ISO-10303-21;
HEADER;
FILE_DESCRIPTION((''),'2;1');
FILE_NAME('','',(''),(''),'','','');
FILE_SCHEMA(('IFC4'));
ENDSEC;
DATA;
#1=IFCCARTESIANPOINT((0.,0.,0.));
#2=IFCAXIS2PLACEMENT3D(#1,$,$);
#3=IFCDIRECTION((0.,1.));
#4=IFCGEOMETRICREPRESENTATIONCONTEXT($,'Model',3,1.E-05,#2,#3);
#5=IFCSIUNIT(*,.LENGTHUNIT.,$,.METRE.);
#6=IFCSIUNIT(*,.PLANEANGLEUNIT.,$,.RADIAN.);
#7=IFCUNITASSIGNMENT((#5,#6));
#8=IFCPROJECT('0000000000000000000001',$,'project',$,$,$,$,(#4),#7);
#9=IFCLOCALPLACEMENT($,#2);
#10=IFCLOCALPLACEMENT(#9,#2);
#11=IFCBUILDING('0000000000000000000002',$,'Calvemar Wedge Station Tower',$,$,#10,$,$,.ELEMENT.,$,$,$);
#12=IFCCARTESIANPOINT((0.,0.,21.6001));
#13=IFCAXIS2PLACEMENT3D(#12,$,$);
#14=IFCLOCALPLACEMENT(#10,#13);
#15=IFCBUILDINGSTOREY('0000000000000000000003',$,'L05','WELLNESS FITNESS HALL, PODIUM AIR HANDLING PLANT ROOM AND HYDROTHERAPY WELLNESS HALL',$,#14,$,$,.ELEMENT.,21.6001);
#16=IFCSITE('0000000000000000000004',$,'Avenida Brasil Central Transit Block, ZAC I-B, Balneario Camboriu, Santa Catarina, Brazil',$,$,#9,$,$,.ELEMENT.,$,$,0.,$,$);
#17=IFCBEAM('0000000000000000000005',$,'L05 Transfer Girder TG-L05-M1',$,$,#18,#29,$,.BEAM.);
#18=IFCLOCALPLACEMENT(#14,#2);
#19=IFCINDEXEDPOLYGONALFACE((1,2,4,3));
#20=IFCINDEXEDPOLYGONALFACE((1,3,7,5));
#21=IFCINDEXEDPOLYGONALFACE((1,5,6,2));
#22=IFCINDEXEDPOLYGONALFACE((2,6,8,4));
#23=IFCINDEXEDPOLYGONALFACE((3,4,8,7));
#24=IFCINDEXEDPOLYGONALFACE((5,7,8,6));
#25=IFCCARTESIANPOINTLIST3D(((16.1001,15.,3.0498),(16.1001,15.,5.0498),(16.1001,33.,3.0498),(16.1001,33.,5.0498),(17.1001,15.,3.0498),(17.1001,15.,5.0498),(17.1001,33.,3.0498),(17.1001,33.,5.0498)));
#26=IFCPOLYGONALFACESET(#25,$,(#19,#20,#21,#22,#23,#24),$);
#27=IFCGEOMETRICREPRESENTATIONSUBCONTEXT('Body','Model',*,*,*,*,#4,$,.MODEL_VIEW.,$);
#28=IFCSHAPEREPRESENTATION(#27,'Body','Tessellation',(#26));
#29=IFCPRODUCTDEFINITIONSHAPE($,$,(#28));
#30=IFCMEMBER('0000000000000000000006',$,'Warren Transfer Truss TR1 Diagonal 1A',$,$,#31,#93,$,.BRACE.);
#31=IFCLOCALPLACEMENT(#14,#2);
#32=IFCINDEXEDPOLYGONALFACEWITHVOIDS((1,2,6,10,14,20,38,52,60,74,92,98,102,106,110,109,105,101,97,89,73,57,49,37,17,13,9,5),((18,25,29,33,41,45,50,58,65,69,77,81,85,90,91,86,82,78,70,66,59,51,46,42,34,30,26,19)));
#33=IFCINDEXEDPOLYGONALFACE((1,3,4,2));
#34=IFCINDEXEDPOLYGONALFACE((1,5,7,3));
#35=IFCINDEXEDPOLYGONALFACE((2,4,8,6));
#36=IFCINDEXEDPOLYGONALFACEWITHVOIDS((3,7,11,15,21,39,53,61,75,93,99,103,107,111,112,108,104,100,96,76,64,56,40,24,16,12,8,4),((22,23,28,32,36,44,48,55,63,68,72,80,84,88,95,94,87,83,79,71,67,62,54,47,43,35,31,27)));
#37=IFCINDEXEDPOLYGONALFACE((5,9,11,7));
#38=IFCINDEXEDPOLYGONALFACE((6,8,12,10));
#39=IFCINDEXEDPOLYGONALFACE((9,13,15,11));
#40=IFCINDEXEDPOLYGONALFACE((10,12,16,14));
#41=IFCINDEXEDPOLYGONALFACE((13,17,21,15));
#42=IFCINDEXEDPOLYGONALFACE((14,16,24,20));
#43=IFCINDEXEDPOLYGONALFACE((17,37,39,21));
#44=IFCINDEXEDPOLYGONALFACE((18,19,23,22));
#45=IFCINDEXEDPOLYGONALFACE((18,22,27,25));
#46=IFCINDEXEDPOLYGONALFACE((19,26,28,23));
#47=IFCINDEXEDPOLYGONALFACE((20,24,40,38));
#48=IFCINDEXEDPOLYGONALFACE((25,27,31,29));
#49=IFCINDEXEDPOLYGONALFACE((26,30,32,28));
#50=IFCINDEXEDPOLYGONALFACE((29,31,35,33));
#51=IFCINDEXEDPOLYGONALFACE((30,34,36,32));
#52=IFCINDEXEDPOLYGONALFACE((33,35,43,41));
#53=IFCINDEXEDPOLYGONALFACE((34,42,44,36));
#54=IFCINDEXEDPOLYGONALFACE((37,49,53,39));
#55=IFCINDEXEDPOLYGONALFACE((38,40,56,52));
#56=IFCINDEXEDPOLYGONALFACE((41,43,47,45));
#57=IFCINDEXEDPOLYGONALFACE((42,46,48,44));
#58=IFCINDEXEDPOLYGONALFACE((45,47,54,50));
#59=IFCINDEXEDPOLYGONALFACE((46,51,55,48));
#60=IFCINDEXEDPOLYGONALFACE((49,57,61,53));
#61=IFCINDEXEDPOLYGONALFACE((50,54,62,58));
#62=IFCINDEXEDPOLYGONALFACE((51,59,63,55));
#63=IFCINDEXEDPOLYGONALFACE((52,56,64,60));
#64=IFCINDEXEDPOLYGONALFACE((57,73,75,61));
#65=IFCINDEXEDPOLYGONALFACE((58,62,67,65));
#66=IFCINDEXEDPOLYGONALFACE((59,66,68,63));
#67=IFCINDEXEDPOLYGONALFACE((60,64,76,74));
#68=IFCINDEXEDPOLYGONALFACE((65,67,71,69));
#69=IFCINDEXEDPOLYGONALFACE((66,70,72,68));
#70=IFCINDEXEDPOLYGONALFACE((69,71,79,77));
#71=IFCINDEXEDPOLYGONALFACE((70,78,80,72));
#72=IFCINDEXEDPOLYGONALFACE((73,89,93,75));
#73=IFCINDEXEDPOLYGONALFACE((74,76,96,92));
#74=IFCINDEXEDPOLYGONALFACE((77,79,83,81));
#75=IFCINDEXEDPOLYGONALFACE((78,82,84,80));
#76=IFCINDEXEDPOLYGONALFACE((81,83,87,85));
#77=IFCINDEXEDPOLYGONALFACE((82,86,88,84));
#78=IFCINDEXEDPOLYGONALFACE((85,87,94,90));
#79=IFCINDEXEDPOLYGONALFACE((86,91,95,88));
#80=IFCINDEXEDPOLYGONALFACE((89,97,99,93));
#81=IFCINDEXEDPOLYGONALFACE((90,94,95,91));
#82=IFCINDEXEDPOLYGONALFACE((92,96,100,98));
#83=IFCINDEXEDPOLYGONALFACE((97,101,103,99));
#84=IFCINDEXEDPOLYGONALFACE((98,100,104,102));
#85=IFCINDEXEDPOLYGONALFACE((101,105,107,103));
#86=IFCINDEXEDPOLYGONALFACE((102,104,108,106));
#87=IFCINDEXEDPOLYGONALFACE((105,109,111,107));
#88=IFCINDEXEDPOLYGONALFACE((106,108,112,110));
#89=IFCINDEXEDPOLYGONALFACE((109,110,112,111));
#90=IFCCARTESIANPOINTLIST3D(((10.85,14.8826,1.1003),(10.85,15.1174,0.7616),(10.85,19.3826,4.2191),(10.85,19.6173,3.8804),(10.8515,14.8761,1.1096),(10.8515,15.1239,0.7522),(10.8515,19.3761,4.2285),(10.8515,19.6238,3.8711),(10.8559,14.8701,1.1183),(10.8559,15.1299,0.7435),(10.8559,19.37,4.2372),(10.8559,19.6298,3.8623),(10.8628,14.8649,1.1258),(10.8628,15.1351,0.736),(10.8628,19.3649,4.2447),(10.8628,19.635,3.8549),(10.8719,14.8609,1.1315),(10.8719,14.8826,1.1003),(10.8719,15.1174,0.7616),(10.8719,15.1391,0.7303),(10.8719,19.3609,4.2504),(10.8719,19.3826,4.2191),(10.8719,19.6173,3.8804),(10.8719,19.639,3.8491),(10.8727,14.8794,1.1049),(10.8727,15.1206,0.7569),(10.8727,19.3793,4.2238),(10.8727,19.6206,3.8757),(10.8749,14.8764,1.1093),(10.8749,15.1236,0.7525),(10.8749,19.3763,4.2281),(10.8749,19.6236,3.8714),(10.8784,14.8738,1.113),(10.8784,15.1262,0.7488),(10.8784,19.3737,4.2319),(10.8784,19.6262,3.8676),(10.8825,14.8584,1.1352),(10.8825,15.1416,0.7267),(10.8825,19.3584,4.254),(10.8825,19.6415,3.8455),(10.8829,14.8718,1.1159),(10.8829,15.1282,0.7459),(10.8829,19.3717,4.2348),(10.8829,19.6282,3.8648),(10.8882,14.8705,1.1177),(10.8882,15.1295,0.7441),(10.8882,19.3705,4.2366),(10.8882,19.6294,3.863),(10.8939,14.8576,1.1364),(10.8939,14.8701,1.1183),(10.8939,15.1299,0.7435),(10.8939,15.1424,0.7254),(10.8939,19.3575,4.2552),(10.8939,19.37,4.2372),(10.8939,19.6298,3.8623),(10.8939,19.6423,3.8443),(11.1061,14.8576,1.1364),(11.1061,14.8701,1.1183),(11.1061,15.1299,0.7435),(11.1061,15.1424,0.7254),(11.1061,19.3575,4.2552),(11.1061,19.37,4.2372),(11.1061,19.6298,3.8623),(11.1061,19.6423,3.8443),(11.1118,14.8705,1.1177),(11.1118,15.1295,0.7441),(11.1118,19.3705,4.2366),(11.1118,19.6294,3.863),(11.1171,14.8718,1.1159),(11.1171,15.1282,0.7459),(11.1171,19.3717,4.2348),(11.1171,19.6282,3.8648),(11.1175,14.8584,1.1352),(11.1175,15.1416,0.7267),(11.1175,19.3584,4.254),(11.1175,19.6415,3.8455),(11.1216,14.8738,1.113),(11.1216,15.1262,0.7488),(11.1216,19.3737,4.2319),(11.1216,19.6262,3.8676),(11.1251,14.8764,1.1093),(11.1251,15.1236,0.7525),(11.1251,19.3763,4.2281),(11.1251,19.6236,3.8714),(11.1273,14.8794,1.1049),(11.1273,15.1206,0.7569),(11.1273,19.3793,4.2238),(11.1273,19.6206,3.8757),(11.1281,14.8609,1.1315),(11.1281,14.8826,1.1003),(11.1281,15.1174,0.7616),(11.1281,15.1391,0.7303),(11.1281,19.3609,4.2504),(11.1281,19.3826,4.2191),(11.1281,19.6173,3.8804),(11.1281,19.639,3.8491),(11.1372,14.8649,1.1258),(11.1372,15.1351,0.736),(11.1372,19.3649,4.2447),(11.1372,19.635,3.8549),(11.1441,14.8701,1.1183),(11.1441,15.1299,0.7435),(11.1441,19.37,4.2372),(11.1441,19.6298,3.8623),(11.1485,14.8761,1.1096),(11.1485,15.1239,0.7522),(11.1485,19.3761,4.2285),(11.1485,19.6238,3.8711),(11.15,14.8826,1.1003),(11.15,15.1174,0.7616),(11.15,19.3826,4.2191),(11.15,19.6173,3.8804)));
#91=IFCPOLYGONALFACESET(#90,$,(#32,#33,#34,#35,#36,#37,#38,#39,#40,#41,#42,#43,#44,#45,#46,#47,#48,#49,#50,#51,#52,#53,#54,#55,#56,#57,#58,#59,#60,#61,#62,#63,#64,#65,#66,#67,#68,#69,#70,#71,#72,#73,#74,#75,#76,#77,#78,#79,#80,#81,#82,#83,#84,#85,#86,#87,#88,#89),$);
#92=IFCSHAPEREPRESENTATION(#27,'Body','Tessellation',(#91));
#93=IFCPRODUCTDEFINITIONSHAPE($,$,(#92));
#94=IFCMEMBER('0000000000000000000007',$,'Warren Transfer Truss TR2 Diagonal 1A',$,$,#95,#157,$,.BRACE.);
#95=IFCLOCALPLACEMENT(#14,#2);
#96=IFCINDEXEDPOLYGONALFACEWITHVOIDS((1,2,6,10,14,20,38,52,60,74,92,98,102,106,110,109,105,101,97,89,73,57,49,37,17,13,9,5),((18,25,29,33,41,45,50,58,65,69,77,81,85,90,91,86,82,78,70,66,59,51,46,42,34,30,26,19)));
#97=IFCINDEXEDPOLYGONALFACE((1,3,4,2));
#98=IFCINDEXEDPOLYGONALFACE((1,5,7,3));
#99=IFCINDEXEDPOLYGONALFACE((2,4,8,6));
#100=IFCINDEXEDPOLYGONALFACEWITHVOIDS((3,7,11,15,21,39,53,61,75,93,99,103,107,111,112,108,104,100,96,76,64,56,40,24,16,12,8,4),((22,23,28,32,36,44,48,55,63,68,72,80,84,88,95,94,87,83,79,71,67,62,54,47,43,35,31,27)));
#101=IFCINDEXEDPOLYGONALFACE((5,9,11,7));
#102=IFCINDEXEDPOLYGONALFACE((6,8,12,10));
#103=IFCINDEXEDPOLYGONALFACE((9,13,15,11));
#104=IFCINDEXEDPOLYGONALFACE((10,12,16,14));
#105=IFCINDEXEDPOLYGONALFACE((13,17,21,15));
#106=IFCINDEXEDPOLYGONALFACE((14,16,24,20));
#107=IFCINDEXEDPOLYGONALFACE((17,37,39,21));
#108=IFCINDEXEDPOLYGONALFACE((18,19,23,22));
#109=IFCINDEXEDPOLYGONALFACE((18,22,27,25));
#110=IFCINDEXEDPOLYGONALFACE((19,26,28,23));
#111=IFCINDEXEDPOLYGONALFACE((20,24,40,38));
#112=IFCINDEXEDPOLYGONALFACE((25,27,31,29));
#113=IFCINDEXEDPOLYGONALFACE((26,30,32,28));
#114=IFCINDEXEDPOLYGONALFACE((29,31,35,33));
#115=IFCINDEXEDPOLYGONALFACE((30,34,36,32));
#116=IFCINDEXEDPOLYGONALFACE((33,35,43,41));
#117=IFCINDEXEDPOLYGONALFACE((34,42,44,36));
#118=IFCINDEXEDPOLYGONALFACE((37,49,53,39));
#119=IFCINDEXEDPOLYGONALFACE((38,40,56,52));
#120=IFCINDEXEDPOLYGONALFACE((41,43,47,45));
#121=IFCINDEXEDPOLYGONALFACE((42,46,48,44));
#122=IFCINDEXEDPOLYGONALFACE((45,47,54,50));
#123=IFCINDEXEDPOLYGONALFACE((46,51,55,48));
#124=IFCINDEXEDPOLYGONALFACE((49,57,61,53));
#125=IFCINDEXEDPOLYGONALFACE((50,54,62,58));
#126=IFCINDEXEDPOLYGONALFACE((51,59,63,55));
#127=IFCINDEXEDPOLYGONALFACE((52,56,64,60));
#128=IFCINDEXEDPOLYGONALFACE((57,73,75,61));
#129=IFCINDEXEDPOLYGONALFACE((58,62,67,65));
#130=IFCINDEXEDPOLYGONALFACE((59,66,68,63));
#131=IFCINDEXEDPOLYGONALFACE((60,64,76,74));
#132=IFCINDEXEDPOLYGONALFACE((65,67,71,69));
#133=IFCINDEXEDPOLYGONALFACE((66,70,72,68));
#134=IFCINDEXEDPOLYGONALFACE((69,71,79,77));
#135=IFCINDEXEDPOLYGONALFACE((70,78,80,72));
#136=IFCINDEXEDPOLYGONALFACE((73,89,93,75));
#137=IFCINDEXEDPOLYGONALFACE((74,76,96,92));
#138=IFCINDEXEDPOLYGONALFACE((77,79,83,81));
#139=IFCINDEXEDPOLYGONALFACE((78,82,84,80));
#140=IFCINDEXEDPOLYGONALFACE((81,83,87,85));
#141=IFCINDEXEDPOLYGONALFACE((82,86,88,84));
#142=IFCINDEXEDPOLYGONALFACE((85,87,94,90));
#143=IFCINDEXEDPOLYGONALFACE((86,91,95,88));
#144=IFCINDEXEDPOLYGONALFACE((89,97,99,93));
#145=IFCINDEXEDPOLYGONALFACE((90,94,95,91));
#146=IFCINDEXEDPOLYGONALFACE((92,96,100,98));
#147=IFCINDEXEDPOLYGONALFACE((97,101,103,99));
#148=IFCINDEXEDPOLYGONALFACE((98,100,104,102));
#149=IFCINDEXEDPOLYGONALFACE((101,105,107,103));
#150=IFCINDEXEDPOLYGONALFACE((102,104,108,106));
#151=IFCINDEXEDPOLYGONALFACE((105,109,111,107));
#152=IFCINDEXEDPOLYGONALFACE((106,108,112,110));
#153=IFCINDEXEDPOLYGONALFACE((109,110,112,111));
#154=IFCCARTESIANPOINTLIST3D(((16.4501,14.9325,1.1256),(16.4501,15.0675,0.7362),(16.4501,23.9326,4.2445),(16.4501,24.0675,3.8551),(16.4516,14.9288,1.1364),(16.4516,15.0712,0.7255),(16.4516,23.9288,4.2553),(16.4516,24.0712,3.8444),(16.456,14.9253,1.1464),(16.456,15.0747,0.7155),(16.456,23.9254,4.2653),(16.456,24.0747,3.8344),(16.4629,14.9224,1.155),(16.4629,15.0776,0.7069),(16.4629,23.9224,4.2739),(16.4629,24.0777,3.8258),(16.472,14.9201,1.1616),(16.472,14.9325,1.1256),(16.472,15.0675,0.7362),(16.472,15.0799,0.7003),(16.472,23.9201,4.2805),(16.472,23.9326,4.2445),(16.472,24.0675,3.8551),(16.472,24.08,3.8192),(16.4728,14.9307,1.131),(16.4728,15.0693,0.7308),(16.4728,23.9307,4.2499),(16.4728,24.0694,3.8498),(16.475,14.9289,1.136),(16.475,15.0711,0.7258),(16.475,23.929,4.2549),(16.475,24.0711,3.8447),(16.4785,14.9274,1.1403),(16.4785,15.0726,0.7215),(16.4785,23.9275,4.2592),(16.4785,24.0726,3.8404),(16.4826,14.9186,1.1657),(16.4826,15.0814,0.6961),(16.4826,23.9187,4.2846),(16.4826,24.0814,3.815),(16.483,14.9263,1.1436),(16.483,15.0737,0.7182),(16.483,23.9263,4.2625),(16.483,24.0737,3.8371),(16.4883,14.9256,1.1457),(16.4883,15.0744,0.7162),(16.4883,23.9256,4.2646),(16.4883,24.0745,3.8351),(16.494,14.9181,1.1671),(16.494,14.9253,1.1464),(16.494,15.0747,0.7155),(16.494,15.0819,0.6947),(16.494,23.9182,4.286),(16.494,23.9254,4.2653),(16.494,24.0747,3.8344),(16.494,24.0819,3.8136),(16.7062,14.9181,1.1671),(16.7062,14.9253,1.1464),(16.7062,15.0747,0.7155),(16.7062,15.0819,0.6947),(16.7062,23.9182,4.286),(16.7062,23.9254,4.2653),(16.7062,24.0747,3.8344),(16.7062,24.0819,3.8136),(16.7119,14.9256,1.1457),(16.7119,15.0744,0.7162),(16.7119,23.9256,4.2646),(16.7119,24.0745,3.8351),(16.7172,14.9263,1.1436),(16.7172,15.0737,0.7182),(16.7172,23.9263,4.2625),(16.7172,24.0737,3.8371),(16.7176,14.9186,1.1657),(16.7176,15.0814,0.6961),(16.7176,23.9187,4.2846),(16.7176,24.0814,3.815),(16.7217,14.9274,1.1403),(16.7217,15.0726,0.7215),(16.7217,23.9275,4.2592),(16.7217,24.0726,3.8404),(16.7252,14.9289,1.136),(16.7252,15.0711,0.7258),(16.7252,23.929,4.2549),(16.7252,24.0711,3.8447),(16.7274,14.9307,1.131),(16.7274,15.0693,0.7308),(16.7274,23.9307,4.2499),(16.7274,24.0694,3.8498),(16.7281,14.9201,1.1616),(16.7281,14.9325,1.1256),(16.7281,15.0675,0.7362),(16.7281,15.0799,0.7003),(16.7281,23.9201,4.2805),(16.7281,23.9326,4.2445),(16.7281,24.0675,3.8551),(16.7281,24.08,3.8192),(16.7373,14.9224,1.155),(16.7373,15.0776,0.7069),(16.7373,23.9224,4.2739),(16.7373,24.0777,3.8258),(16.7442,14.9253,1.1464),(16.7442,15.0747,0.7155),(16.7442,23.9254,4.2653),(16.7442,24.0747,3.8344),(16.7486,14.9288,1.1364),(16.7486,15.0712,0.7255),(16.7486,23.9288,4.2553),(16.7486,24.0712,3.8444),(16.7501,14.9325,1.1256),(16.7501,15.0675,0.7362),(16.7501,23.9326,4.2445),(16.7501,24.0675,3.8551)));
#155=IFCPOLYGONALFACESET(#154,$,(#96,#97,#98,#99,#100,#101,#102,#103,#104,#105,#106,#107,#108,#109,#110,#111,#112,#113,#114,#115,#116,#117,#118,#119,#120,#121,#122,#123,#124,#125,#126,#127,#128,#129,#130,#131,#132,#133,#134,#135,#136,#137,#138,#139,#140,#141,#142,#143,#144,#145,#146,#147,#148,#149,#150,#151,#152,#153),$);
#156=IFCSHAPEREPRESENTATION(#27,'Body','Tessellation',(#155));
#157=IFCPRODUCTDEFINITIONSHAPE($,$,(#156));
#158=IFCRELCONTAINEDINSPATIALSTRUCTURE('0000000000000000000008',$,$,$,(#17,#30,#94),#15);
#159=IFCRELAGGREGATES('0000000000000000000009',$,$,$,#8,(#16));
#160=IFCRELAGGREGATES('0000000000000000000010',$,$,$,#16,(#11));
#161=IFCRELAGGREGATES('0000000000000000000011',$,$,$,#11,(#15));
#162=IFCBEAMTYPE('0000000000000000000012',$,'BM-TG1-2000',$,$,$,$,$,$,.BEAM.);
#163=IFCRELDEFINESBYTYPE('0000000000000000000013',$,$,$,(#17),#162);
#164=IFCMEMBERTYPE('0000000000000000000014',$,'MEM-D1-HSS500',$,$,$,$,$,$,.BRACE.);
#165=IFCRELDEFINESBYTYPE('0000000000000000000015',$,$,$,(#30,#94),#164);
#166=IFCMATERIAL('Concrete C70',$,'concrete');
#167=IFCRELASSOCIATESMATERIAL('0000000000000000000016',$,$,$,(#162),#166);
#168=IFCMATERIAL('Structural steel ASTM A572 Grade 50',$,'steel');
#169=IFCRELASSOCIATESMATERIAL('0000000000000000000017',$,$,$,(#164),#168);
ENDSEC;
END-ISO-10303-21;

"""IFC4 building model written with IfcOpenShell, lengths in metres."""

from ifc_helpers import new_model, si_unit, direction, frame, origin, origin_2d, place, context, subcontext, project, spatial, rectangle, hollow_rectangle, extrude, source, transform, mapped, material, material_profile, profile_set, type_object, element, save


model = new_model("IFC4")

# Units and contexts
model_context = context("Model", 3, precision=1e-05, world=origin(), true_north=direction((0.0, 1.0)))
body_context = subcontext(model_context, "Body", "Model", "MODEL_VIEW")
ifc_project = project(units=[si_unit("LENGTHUNIT", "METRE"), si_unit("PLANEANGLEUNIT", "RADIAN")], contexts=[model_context])

# Site, building, storey
site_placement = place(None, origin())
site = spatial("IfcSite", under=ifc_project, at=site_placement, Name="Avenida Brasil Central Transit Block, ZAC I-B, Balneario Camboriu, Santa Catarina, Brazil", CompositionType="ELEMENT", RefElevation=0.0)
building_placement = place(site_placement, origin())
building = spatial("IfcBuilding", under=site, at=building_placement, Name="Calvemar Wedge Station Tower", CompositionType="ELEMENT")
storey_placement = place(building_placement, frame((0.0, 0.0, 21.6001)))
storey = spatial("IfcBuildingStorey", under=building, at=storey_placement, Name="L05", Description="WELLNESS FITNESS HALL, PODIUM AIR HANDLING PLANT ROOM AND HYDROTHERAPY WELLNESS HALL", CompositionType="ELEMENT", Elevation=21.6001)

# Shared definitions
ifc_material_1 = material(Name="Concrete C70", Category="concrete")

# Beam
ifc_material_2 = material(Name="Structural steel ASTM A572 Grade 50", Category="steel")
ifc_material_profile_1 = material_profile(ifc_material_1, rectangle(XDim=1.0, YDim=2.0, at=origin_2d()), Name="RC1000x2000")
ifc_profile_set_1 = profile_set([ifc_material_profile_1], Name="Concrete C70")
beam_type_1 = type_object("IfcBeamType", Name="BM-TG1-2000", PredefinedType="BEAM", material=ifc_profile_set_1)
shared_shape_1 = source(origin(), body_context, "Body", "SweptSolid", [
    extrude(rectangle(XDim=1.0, YDim=2.0, at=origin_2d()), origin(), (0.0, 0.0, 1.0), 18.0),
])
beam_1_placement = place(storey_placement, frame((16.6001, 15.0, 4.0498), z_axis=(0.0, 1.0, 0.0), x_axis=(-1.0, 0.0, 0.0)))
element("IfcBeam", 1, at=beam_1_placement, inside=storey, type_object=beam_type_1, Name="L05 Transfer Girder TG-L05-M1", PredefinedType="BEAM", context=body_context, shape_type="MappedRepresentation", body=[
    mapped(shared_shape_1, transform((0.0, 0.0, 0.0), scale=1.0)),
])

# Members
ifc_material_profile_2 = material_profile(ifc_material_2, hollow_rectangle(XDim=0.3, YDim=0.5, WallThickness=0.022, InnerFilletRadius=0.022, OuterFilletRadius=0.0439, at=origin_2d()), Name="HSS500x300x22")
ifc_profile_set_2 = profile_set([ifc_material_profile_2], Name="Structural steel ASTM A572 Grade 50")
member_type = type_object("IfcMemberType", Name="MEM-D1-HSS500", PredefinedType="BRACE", material=ifc_profile_set_2)
shared_shape_2 = source(origin(), body_context, "Body", "SweptSolid", [
    extrude(hollow_rectangle(XDim=0.3, YDim=0.5, WallThickness=0.022, InnerFilletRadius=0.022, OuterFilletRadius=0.0439, at=origin_2d()), origin(), (0.0, 0.0, 1.0), 5.4751),
])
member_1_placement = place(storey_placement, frame((11.0, 15.0, 0.9309), z_axis=(0.0, 0.821892, 0.569643), x_axis=(-1.0, 0.0, 0.0)))
element("IfcMember", 2, at=member_1_placement, inside=storey, type_object=member_type, Name="Warren Transfer Truss TR1 Diagonal 1A", PredefinedType="BRACE", context=body_context, shape_type="MappedRepresentation", body=[
    mapped(shared_shape_2, transform((0.0, 0.0, 0.0), scale=1.0)),
])
shared_shape_3 = source(origin(), body_context, "Body", "SweptSolid", [
    extrude(hollow_rectangle(XDim=0.3, YDim=0.5, WallThickness=0.022, InnerFilletRadius=0.022, OuterFilletRadius=0.0439, at=origin_2d()), origin(), (0.0, 0.0, 1.0), 9.5251),
])
member_2_placement = place(storey_placement, frame((16.6001, 15.0, 0.9309), z_axis=(0.0, 0.944872, 0.32744), x_axis=(-1.0, 0.0, 0.0)))
element("IfcMember", 3, at=member_2_placement, inside=storey, type_object=member_type, Name="Warren Transfer Truss TR2 Diagonal 1A", PredefinedType="BRACE", context=body_context, shape_type="MappedRepresentation", body=[
    mapped(shared_shape_3, transform((0.0, 0.0, 0.0), scale=1.0)),
])

save(model, "model.ifc")
